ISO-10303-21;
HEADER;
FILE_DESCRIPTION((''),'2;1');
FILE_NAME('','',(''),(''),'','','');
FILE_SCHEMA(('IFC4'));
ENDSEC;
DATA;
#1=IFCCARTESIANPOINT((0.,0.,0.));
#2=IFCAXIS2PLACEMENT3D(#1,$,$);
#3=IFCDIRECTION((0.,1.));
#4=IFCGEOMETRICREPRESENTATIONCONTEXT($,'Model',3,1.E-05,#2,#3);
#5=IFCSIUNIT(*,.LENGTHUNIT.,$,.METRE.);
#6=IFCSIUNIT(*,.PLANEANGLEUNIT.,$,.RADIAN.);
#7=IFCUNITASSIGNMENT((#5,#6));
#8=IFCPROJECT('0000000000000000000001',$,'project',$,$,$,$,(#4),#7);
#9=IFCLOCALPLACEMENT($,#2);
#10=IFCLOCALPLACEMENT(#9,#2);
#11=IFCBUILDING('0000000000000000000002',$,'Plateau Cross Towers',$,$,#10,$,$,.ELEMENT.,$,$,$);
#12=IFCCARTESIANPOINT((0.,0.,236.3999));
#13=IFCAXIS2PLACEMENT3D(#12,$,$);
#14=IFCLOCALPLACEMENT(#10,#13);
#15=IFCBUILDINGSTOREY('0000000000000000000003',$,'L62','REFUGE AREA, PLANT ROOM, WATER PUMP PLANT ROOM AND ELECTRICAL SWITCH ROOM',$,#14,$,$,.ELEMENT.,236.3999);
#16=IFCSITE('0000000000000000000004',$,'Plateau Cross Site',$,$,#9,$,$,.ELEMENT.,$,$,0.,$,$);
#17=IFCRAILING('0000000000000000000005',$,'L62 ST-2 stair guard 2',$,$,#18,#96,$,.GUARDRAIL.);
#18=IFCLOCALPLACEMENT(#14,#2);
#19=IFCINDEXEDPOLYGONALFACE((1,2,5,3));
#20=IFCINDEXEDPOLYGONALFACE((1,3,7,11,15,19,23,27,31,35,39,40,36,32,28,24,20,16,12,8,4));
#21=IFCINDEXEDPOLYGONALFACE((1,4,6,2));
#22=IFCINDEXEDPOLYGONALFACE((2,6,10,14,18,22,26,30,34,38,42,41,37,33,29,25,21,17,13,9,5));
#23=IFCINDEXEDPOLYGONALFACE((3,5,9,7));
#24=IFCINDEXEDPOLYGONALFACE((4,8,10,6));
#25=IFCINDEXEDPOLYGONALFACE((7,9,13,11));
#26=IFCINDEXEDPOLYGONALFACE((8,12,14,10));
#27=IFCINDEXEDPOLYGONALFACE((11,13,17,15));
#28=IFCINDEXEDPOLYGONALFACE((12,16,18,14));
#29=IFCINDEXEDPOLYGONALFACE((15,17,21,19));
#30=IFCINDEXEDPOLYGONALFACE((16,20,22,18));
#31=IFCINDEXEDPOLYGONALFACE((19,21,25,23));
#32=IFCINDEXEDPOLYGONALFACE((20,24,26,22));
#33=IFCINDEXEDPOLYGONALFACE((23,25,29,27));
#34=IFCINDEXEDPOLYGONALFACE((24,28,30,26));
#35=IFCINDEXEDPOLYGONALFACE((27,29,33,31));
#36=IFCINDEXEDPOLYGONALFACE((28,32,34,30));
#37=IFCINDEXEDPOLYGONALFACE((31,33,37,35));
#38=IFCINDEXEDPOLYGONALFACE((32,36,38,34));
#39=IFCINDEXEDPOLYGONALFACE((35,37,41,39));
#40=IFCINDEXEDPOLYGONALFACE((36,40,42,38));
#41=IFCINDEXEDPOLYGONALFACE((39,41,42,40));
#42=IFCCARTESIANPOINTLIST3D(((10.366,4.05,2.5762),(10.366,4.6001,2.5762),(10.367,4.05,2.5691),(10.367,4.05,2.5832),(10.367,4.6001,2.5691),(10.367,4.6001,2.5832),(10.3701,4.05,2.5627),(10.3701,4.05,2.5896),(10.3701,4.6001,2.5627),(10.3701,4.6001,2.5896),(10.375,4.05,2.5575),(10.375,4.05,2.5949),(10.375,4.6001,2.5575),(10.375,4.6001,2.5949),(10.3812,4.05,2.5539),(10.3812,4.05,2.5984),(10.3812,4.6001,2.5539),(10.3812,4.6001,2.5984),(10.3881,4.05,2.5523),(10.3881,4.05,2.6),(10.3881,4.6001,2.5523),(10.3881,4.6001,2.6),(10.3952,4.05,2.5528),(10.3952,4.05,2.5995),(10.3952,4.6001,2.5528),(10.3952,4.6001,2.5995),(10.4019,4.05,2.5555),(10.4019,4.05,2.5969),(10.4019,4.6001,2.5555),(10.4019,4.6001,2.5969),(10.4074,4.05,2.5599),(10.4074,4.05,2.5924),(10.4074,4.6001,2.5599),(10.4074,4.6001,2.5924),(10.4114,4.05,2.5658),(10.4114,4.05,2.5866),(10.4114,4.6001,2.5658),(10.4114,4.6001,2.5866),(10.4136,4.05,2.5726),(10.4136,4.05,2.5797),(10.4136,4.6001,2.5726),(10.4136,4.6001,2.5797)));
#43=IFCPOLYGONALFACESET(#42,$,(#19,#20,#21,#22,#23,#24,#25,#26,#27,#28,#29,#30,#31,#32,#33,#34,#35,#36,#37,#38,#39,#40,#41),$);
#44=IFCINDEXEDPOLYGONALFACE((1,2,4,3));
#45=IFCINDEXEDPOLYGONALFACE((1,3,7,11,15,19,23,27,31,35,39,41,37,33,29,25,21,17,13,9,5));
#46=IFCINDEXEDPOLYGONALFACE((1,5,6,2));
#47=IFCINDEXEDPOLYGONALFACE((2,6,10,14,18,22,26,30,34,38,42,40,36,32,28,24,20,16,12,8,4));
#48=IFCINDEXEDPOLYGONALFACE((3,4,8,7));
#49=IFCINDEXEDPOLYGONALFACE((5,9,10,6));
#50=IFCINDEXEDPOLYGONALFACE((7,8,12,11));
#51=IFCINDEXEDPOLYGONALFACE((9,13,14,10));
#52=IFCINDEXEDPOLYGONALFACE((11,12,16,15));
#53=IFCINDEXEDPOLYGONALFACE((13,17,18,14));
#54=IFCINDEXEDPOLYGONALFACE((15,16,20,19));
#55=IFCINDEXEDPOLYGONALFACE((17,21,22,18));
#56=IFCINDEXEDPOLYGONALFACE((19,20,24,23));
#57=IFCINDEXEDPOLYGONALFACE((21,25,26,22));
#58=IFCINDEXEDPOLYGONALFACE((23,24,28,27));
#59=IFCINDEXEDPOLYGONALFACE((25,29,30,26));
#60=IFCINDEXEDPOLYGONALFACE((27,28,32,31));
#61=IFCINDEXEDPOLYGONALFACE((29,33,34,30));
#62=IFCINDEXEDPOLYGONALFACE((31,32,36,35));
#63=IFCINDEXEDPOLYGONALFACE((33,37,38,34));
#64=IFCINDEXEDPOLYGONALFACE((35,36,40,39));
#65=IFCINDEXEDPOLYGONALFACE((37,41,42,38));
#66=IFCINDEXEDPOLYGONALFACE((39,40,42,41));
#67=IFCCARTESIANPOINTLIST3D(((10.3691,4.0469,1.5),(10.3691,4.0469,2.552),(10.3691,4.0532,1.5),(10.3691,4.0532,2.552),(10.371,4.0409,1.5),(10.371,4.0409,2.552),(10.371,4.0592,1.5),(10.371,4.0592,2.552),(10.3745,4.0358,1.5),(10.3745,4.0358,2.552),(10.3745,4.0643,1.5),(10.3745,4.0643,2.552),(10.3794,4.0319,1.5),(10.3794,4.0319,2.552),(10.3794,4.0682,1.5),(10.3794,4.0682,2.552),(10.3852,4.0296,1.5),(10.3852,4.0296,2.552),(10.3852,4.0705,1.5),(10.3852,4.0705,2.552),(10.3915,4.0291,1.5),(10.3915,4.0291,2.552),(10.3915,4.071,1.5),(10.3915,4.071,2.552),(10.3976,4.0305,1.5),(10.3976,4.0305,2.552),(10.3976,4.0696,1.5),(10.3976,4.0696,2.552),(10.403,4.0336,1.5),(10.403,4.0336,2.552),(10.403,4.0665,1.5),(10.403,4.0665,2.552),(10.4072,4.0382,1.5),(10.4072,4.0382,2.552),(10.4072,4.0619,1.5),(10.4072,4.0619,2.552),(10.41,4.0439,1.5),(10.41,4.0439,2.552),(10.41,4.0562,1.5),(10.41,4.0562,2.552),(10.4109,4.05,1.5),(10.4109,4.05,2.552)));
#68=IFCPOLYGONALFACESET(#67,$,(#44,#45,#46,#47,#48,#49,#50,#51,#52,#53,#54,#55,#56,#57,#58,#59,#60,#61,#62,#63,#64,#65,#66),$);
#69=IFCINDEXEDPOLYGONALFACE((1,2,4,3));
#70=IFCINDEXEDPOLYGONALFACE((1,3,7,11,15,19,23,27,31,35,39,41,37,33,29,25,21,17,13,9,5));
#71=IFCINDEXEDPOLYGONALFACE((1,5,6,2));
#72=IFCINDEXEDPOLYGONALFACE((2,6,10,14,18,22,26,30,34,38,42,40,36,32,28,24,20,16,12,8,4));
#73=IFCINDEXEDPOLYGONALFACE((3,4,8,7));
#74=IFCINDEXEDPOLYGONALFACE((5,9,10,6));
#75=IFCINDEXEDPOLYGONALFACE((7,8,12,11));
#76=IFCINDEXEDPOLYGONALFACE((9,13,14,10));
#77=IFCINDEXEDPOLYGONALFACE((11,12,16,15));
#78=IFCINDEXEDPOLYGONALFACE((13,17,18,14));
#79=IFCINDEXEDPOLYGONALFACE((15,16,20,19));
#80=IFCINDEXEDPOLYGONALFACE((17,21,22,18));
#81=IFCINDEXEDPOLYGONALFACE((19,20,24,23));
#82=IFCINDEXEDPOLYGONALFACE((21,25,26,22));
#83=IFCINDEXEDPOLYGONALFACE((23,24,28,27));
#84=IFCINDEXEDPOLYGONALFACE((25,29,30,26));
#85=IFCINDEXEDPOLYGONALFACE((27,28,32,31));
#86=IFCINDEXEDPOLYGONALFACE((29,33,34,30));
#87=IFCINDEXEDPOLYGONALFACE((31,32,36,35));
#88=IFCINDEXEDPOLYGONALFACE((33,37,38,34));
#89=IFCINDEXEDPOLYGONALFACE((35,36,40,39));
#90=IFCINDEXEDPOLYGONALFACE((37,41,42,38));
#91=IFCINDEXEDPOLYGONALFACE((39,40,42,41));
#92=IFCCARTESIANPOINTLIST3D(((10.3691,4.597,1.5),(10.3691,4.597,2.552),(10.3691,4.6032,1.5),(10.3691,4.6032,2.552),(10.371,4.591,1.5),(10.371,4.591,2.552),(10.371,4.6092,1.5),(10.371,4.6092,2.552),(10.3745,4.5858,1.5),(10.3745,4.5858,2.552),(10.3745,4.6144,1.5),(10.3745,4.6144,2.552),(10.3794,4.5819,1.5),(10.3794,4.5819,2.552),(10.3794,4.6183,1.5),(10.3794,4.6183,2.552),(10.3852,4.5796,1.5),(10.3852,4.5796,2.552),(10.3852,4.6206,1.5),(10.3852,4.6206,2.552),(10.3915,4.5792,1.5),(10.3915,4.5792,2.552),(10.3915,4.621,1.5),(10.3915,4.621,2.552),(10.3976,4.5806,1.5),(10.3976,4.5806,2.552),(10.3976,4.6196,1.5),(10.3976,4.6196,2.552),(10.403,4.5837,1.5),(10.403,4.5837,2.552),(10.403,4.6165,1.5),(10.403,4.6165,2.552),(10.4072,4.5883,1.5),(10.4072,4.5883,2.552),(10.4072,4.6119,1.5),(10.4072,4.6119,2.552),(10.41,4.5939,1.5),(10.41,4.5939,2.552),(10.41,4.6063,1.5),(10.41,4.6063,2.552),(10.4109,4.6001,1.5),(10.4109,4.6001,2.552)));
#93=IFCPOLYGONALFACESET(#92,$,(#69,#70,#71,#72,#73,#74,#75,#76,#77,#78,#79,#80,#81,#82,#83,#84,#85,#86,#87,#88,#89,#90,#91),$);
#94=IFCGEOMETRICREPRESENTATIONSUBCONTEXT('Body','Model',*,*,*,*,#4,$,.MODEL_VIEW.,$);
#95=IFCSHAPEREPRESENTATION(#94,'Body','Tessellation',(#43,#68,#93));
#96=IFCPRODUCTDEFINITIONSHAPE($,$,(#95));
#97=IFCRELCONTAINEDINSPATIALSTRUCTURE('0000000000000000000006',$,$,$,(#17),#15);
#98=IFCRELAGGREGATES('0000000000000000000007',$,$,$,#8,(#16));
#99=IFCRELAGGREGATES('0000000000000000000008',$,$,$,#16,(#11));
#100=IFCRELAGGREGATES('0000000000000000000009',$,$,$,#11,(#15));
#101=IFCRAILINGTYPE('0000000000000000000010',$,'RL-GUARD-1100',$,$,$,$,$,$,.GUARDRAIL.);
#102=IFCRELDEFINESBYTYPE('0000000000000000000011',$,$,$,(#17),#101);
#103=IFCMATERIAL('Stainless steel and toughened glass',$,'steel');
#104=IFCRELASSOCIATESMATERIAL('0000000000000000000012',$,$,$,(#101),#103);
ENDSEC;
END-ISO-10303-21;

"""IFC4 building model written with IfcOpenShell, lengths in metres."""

from ifc_helpers import new_model, si_unit, direction, frame, origin, origin_2d, place, context, subcontext, project, spatial, circle, extrude, material, type_object, element, save


model = new_model("IFC4")

# Units and contexts
model_context = context("Model", 3, precision=1e-05, world=origin(), true_north=direction((0.0, 1.0)))
body_context = subcontext(model_context, "Body", "Model", "MODEL_VIEW")
ifc_project = project(units=[si_unit("LENGTHUNIT", "METRE"), si_unit("PLANEANGLEUNIT", "RADIAN")], contexts=[model_context])

# Site, building, storey
site_placement = place(None, origin())
site = spatial("IfcSite", under=ifc_project, at=site_placement, Name="Plateau Cross Site", CompositionType="ELEMENT", RefElevation=0.0)
building_placement = place(site_placement, origin())
building = spatial("IfcBuilding", under=site, at=building_placement, Name="Plateau Cross Towers", CompositionType="ELEMENT")
storey_placement = place(building_placement, frame((0.0, 0.0, 236.3999)))
storey = spatial("IfcBuildingStorey", under=building, at=storey_placement, Name="L62", Description="REFUGE AREA, PLANT ROOM, WATER PUMP PLANT ROOM AND ELECTRICAL SWITCH ROOM", CompositionType="ELEMENT", Elevation=236.3999)

# Railing
ifc_material_1 = material(Name="Stainless steel and toughened glass", Category="steel")
railing_type_1 = type_object("IfcRailingType", Name="RL-GUARD-1100", PredefinedType="GUARDRAIL", material=ifc_material_1)
railing_1_placement = place(storey_placement, frame((10.3899, 4.05, 1.5)))
element("IfcRailing", 1, at=railing_1_placement, inside=storey, type_object=railing_type_1, Name="L62 ST-2 stair guard 2", PredefinedType="GUARDRAIL", context=body_context, shape_type="SweptSolid", body=[
    extrude(circle(Radius=0.0239, at=origin_2d()), frame((0.0, 0.0, 1.0762), z_axis=(0.0, 1.0, 0.0), x_axis=(-1.0, 0.0, 0.0)), (0.0, 0.0, 1.0), 0.55),
    extrude(circle(Radius=0.021, at=origin_2d()), origin(), (0.0, 0.0, 1.0), 1.052),
    extrude(circle(Radius=0.021, at=origin_2d()), frame((0.0, 0.55, 0.0)), (0.0, 0.0, 1.0), 1.052),
])

save(model, "model.ifc")
